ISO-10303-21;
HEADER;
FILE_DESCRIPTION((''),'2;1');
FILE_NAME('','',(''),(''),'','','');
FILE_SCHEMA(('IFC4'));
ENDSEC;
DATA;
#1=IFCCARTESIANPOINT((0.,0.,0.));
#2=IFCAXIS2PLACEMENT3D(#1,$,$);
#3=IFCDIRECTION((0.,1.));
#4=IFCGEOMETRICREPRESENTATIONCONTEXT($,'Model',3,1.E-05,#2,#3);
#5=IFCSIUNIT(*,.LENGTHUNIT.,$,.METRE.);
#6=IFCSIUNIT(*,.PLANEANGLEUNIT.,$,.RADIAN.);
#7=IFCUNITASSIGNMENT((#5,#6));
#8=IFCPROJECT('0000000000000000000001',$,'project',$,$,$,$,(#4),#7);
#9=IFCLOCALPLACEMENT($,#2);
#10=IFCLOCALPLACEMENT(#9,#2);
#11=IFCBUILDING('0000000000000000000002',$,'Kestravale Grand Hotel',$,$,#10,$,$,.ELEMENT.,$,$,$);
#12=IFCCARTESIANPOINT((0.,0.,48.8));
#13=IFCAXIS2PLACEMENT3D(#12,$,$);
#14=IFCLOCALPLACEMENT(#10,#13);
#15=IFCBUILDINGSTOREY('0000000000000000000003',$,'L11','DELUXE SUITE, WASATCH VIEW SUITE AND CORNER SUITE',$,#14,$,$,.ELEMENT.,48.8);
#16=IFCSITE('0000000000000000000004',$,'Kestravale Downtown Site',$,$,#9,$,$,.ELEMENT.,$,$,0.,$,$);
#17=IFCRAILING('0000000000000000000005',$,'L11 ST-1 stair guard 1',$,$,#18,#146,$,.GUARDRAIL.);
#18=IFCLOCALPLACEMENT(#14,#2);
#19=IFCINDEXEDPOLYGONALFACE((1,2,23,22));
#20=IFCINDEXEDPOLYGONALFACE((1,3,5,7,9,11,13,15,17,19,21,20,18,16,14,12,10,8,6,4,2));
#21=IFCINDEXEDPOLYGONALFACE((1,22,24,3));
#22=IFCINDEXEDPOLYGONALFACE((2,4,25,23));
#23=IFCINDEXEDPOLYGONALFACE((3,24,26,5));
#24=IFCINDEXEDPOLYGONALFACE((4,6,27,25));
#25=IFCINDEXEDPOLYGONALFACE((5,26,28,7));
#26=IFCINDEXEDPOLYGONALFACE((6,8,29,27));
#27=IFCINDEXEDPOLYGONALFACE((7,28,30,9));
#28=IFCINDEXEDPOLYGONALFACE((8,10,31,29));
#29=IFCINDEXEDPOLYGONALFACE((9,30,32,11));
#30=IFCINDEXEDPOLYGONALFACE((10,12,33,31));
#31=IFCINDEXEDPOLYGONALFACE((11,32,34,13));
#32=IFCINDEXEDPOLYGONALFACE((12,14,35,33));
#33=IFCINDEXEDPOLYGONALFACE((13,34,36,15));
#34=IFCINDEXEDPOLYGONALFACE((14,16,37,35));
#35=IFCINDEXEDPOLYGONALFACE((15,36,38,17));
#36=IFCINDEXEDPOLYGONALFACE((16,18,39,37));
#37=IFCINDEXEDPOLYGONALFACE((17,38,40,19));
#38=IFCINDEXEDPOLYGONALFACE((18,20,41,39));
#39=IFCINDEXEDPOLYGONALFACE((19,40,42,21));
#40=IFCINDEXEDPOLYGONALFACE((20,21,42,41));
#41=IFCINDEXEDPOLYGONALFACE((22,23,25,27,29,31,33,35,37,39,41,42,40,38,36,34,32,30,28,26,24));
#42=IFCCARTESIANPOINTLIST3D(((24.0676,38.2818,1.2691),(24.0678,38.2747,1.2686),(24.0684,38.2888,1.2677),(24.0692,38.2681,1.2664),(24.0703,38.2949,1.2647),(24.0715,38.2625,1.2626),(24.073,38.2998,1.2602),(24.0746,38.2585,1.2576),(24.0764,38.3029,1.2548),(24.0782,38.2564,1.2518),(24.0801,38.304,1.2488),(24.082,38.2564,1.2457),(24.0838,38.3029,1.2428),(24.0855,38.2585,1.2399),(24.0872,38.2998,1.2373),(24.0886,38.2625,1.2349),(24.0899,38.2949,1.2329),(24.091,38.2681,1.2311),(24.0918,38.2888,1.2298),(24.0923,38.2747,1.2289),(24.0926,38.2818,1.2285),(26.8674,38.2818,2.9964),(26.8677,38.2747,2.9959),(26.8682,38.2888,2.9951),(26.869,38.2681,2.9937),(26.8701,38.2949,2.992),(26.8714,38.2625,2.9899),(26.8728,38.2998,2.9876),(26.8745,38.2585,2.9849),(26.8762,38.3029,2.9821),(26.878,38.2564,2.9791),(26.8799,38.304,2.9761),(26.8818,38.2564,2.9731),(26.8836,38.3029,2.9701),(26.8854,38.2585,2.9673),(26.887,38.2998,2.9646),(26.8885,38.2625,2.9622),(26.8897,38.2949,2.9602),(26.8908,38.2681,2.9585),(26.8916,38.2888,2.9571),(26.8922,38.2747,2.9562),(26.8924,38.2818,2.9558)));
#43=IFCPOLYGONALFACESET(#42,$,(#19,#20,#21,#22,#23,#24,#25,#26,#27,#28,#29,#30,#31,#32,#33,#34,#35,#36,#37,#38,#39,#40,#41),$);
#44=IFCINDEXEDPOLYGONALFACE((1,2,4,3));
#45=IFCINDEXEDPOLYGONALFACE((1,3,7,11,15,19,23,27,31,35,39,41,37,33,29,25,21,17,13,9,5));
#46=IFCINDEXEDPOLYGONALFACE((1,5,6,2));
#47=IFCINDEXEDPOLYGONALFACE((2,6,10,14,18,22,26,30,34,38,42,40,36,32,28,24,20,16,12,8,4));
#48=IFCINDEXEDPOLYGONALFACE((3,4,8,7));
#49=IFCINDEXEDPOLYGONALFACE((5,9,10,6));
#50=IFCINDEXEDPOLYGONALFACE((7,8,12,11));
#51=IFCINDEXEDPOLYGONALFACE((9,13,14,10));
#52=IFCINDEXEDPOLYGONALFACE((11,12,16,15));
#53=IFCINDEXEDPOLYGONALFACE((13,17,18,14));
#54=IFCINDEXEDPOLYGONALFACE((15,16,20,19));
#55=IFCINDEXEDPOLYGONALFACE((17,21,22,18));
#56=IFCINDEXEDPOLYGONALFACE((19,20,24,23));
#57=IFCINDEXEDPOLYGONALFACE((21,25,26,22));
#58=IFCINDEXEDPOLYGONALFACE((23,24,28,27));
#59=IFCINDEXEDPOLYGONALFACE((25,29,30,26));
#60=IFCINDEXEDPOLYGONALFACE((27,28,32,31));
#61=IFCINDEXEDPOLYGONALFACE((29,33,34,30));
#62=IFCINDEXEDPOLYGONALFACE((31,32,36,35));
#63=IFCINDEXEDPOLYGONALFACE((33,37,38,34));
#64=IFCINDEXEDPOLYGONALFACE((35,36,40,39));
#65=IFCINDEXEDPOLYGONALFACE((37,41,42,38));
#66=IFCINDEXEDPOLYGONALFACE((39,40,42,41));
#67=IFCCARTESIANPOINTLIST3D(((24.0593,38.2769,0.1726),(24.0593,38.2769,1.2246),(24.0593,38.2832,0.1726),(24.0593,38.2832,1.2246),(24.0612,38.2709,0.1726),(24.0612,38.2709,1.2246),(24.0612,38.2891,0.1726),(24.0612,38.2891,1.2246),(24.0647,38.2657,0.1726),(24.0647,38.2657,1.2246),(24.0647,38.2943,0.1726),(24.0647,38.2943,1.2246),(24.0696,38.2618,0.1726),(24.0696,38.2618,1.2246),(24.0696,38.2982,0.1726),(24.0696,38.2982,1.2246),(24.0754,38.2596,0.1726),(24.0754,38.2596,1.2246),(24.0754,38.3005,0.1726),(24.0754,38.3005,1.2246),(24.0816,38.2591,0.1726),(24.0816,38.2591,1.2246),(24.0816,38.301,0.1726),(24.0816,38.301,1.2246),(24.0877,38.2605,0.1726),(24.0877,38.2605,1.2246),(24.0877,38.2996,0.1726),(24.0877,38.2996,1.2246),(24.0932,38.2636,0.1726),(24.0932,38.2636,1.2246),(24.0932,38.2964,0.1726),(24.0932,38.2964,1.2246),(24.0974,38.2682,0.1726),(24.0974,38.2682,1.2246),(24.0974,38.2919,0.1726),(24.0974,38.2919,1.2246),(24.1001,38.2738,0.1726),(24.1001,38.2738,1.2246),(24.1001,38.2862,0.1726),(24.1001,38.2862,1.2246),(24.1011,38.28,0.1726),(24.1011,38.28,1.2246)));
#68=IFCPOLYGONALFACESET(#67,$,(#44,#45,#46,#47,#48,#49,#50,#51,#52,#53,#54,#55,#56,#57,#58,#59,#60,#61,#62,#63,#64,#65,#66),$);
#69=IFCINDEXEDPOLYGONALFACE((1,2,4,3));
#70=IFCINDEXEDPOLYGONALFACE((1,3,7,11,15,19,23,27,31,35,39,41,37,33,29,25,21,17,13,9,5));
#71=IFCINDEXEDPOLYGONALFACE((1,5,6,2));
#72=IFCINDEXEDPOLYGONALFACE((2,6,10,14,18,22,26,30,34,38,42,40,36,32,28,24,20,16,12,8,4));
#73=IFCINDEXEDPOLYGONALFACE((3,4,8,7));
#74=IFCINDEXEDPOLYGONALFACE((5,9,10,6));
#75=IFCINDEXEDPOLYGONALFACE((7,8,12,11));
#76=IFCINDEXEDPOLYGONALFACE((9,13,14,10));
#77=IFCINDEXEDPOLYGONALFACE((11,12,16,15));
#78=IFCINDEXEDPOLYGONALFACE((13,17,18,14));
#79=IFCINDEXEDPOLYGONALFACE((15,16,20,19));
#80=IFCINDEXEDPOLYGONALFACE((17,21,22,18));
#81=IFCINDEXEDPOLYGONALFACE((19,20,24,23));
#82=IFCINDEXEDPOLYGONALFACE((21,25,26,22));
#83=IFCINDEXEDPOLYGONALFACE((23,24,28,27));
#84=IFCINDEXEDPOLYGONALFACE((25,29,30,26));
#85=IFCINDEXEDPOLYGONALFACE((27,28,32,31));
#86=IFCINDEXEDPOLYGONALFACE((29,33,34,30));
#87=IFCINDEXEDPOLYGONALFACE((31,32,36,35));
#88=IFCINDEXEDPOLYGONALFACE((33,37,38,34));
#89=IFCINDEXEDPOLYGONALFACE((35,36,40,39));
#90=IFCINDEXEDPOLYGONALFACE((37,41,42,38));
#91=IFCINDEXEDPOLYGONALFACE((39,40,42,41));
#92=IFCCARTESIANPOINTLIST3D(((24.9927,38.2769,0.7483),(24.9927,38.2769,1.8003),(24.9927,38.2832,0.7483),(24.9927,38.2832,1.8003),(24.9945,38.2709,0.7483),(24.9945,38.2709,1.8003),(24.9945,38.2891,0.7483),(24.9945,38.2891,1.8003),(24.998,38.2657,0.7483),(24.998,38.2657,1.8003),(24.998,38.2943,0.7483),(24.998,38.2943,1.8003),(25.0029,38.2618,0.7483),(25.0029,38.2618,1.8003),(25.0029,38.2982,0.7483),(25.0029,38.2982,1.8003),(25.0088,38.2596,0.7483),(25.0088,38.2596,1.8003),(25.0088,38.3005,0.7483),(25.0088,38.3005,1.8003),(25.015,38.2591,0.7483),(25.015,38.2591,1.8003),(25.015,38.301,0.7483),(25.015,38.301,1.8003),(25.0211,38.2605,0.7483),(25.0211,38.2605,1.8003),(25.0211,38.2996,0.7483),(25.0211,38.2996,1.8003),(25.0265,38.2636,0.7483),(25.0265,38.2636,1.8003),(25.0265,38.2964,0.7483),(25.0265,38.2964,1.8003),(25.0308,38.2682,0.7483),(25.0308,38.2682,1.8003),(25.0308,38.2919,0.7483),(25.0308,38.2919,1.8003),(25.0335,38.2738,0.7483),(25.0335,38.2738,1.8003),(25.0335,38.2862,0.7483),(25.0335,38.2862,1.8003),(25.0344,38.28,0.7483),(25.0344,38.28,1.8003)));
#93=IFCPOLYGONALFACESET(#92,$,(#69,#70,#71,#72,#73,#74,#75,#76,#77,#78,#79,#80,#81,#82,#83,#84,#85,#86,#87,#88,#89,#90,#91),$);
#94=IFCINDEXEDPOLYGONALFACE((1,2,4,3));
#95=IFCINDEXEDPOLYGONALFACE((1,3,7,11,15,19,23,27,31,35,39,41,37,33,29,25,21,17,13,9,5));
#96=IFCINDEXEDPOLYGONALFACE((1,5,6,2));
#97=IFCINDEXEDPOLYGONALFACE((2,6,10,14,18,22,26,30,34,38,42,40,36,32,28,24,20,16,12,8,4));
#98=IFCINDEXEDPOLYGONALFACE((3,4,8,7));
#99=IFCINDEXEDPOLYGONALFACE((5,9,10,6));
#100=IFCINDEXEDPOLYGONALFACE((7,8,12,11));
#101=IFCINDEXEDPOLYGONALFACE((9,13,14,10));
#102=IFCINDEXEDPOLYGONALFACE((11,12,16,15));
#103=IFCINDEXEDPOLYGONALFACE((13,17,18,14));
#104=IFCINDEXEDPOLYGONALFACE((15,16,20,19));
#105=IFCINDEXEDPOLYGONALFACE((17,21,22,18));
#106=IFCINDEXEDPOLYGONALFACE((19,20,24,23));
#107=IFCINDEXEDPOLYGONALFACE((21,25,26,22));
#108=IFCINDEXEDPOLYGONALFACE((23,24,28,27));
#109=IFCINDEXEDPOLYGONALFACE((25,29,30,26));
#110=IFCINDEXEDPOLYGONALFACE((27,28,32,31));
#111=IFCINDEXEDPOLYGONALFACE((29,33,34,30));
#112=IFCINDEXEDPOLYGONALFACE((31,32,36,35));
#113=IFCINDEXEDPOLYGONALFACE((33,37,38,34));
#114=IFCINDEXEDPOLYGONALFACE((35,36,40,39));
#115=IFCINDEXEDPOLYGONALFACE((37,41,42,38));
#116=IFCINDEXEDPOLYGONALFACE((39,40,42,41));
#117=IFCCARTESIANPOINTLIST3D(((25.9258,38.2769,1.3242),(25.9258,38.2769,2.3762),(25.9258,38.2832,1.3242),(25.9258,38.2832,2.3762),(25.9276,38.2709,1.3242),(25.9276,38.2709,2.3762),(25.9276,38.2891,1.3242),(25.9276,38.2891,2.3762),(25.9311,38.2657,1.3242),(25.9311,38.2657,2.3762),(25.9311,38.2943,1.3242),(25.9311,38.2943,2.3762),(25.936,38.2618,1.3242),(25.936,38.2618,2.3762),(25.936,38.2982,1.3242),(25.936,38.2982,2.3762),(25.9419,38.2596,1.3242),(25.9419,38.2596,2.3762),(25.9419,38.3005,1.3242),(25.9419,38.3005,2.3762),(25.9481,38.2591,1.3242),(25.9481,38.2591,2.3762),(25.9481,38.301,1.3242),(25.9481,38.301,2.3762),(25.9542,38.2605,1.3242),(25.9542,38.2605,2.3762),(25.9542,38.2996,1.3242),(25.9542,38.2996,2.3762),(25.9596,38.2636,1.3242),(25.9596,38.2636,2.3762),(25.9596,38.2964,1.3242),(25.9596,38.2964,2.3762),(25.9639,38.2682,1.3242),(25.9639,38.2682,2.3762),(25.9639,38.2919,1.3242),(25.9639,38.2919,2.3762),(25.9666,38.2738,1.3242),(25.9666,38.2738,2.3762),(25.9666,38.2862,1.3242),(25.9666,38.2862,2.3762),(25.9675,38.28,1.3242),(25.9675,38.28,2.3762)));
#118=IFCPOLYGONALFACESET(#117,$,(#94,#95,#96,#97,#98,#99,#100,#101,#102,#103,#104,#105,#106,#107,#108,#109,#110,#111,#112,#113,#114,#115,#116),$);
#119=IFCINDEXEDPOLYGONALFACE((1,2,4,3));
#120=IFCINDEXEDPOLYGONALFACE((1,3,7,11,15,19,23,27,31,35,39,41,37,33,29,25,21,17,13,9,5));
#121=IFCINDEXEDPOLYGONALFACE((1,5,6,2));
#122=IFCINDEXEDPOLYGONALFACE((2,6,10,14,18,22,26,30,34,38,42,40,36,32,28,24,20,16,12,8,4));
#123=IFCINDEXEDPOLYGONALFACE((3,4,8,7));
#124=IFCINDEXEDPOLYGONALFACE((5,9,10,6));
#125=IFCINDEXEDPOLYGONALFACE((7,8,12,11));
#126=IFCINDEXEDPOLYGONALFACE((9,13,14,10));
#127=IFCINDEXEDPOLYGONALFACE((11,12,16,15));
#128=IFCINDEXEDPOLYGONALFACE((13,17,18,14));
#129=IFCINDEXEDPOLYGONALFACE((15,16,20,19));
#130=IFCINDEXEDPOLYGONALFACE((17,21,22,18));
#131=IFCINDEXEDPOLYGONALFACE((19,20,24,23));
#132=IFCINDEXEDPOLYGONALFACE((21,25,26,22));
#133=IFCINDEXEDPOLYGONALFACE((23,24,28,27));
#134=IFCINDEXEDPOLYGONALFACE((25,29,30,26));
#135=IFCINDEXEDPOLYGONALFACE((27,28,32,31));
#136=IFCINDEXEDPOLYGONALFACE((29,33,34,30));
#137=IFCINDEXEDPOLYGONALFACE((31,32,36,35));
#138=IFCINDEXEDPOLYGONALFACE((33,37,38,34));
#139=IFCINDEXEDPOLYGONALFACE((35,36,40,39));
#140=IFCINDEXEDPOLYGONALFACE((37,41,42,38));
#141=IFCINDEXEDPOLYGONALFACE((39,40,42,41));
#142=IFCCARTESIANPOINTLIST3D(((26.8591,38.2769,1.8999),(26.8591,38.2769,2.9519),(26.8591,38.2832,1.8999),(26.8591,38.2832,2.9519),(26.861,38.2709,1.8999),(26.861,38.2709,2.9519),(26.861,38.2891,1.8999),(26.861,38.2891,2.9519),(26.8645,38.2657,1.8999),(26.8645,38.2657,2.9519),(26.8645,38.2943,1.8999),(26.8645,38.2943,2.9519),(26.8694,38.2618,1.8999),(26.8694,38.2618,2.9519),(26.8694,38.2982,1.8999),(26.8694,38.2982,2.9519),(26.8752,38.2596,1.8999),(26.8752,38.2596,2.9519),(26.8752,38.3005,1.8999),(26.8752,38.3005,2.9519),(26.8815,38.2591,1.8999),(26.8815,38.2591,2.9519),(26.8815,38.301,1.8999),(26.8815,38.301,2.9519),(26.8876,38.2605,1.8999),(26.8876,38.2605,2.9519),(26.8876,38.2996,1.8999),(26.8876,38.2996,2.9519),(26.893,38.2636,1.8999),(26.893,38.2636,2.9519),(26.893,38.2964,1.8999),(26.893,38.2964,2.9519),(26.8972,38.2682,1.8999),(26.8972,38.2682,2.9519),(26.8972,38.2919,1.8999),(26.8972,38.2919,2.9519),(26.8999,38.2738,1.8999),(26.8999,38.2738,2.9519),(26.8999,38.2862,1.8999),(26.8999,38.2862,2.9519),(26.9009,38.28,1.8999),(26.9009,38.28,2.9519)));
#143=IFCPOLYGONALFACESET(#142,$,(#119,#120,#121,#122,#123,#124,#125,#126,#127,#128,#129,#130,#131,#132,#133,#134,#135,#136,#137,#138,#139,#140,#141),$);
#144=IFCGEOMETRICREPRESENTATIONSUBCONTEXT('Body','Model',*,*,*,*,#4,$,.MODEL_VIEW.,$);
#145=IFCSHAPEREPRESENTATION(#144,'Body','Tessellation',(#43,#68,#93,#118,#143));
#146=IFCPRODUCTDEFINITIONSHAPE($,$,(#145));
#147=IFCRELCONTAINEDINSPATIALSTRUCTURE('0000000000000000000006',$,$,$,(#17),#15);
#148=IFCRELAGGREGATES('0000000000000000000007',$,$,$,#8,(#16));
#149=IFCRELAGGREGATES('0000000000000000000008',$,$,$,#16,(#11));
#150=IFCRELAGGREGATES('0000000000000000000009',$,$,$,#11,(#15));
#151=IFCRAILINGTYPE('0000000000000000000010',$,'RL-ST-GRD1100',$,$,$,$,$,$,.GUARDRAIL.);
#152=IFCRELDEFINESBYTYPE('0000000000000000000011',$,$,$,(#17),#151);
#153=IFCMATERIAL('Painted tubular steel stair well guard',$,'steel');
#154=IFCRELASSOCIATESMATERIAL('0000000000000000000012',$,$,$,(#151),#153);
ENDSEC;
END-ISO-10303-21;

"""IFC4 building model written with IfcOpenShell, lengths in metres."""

from ifc_helpers import new_model, si_unit, direction, frame, origin, origin_2d, place, context, subcontext, project, spatial, circle, extrude, material, type_object, element, save


model = new_model("IFC4")

# Units and contexts
model_context = context("Model", 3, precision=1e-05, world=origin(), true_north=direction((0.0, 1.0)))
body_context = subcontext(model_context, "Body", "Model", "MODEL_VIEW")
ifc_project = project(units=[si_unit("LENGTHUNIT", "METRE"), si_unit("PLANEANGLEUNIT", "RADIAN")], contexts=[model_context])

# Site, building, storey
site_placement = place(None, origin())
site = spatial("IfcSite", under=ifc_project, at=site_placement, Name="Kestravale Downtown Site", CompositionType="ELEMENT", RefElevation=0.0)
building_placement = place(site_placement, origin())
building = spatial("IfcBuilding", under=site, at=building_placement, Name="Kestravale Grand Hotel", CompositionType="ELEMENT")
storey_placement = place(building_placement, frame((0.0, 0.0, 48.8)))
storey = spatial("IfcBuildingStorey", under=building, at=storey_placement, Name="L11", Description="DELUXE SUITE, WASATCH VIEW SUITE AND CORNER SUITE", CompositionType="ELEMENT", Elevation=48.8)

# Railing
ifc_material_1 = material(Name="Painted tubular steel stair well guard", Category="steel")
railing_type_1 = type_object("IfcRailingType", Name="RL-ST-GRD1100", PredefinedType="GUARDRAIL", material=ifc_material_1)
railing_1_placement = place(storey_placement, frame((24.0801, 38.28, 0.1726)))
element("IfcRailing", 1, at=railing_1_placement, inside=storey, type_object=railing_type_1, Name="L11 ST-1 stair guard 1", PredefinedType="GUARDRAIL", context=body_context, shape_type="SweptSolid", body=[
    extrude(circle(Radius=0.0239, at=origin_2d()), frame((0.0, 0.0, 1.0762), z_axis=(0.851069, 0.0, 0.525054), x_axis=(0.0, 1.0, 0.0)), (0.0, 0.0, 1.0), 3.2898),
    extrude(circle(Radius=0.021, at=origin_2d()), origin(), (0.0, 0.0, 1.0), 1.052),
    extrude(circle(Radius=0.021, at=origin_2d()), frame((0.9333, 0.0, 0.5757)), (0.0, 0.0, 1.0), 1.052),
    extrude(circle(Radius=0.021, at=origin_2d()), frame((1.8665, 0.0, 1.1516)), (0.0, 0.0, 1.0), 1.052),
    extrude(circle(Radius=0.021, at=origin_2d()), frame((2.7998, 0.0, 1.7273)), (0.0, 0.0, 1.0), 1.052),
])

save(model, "model.ifc")
